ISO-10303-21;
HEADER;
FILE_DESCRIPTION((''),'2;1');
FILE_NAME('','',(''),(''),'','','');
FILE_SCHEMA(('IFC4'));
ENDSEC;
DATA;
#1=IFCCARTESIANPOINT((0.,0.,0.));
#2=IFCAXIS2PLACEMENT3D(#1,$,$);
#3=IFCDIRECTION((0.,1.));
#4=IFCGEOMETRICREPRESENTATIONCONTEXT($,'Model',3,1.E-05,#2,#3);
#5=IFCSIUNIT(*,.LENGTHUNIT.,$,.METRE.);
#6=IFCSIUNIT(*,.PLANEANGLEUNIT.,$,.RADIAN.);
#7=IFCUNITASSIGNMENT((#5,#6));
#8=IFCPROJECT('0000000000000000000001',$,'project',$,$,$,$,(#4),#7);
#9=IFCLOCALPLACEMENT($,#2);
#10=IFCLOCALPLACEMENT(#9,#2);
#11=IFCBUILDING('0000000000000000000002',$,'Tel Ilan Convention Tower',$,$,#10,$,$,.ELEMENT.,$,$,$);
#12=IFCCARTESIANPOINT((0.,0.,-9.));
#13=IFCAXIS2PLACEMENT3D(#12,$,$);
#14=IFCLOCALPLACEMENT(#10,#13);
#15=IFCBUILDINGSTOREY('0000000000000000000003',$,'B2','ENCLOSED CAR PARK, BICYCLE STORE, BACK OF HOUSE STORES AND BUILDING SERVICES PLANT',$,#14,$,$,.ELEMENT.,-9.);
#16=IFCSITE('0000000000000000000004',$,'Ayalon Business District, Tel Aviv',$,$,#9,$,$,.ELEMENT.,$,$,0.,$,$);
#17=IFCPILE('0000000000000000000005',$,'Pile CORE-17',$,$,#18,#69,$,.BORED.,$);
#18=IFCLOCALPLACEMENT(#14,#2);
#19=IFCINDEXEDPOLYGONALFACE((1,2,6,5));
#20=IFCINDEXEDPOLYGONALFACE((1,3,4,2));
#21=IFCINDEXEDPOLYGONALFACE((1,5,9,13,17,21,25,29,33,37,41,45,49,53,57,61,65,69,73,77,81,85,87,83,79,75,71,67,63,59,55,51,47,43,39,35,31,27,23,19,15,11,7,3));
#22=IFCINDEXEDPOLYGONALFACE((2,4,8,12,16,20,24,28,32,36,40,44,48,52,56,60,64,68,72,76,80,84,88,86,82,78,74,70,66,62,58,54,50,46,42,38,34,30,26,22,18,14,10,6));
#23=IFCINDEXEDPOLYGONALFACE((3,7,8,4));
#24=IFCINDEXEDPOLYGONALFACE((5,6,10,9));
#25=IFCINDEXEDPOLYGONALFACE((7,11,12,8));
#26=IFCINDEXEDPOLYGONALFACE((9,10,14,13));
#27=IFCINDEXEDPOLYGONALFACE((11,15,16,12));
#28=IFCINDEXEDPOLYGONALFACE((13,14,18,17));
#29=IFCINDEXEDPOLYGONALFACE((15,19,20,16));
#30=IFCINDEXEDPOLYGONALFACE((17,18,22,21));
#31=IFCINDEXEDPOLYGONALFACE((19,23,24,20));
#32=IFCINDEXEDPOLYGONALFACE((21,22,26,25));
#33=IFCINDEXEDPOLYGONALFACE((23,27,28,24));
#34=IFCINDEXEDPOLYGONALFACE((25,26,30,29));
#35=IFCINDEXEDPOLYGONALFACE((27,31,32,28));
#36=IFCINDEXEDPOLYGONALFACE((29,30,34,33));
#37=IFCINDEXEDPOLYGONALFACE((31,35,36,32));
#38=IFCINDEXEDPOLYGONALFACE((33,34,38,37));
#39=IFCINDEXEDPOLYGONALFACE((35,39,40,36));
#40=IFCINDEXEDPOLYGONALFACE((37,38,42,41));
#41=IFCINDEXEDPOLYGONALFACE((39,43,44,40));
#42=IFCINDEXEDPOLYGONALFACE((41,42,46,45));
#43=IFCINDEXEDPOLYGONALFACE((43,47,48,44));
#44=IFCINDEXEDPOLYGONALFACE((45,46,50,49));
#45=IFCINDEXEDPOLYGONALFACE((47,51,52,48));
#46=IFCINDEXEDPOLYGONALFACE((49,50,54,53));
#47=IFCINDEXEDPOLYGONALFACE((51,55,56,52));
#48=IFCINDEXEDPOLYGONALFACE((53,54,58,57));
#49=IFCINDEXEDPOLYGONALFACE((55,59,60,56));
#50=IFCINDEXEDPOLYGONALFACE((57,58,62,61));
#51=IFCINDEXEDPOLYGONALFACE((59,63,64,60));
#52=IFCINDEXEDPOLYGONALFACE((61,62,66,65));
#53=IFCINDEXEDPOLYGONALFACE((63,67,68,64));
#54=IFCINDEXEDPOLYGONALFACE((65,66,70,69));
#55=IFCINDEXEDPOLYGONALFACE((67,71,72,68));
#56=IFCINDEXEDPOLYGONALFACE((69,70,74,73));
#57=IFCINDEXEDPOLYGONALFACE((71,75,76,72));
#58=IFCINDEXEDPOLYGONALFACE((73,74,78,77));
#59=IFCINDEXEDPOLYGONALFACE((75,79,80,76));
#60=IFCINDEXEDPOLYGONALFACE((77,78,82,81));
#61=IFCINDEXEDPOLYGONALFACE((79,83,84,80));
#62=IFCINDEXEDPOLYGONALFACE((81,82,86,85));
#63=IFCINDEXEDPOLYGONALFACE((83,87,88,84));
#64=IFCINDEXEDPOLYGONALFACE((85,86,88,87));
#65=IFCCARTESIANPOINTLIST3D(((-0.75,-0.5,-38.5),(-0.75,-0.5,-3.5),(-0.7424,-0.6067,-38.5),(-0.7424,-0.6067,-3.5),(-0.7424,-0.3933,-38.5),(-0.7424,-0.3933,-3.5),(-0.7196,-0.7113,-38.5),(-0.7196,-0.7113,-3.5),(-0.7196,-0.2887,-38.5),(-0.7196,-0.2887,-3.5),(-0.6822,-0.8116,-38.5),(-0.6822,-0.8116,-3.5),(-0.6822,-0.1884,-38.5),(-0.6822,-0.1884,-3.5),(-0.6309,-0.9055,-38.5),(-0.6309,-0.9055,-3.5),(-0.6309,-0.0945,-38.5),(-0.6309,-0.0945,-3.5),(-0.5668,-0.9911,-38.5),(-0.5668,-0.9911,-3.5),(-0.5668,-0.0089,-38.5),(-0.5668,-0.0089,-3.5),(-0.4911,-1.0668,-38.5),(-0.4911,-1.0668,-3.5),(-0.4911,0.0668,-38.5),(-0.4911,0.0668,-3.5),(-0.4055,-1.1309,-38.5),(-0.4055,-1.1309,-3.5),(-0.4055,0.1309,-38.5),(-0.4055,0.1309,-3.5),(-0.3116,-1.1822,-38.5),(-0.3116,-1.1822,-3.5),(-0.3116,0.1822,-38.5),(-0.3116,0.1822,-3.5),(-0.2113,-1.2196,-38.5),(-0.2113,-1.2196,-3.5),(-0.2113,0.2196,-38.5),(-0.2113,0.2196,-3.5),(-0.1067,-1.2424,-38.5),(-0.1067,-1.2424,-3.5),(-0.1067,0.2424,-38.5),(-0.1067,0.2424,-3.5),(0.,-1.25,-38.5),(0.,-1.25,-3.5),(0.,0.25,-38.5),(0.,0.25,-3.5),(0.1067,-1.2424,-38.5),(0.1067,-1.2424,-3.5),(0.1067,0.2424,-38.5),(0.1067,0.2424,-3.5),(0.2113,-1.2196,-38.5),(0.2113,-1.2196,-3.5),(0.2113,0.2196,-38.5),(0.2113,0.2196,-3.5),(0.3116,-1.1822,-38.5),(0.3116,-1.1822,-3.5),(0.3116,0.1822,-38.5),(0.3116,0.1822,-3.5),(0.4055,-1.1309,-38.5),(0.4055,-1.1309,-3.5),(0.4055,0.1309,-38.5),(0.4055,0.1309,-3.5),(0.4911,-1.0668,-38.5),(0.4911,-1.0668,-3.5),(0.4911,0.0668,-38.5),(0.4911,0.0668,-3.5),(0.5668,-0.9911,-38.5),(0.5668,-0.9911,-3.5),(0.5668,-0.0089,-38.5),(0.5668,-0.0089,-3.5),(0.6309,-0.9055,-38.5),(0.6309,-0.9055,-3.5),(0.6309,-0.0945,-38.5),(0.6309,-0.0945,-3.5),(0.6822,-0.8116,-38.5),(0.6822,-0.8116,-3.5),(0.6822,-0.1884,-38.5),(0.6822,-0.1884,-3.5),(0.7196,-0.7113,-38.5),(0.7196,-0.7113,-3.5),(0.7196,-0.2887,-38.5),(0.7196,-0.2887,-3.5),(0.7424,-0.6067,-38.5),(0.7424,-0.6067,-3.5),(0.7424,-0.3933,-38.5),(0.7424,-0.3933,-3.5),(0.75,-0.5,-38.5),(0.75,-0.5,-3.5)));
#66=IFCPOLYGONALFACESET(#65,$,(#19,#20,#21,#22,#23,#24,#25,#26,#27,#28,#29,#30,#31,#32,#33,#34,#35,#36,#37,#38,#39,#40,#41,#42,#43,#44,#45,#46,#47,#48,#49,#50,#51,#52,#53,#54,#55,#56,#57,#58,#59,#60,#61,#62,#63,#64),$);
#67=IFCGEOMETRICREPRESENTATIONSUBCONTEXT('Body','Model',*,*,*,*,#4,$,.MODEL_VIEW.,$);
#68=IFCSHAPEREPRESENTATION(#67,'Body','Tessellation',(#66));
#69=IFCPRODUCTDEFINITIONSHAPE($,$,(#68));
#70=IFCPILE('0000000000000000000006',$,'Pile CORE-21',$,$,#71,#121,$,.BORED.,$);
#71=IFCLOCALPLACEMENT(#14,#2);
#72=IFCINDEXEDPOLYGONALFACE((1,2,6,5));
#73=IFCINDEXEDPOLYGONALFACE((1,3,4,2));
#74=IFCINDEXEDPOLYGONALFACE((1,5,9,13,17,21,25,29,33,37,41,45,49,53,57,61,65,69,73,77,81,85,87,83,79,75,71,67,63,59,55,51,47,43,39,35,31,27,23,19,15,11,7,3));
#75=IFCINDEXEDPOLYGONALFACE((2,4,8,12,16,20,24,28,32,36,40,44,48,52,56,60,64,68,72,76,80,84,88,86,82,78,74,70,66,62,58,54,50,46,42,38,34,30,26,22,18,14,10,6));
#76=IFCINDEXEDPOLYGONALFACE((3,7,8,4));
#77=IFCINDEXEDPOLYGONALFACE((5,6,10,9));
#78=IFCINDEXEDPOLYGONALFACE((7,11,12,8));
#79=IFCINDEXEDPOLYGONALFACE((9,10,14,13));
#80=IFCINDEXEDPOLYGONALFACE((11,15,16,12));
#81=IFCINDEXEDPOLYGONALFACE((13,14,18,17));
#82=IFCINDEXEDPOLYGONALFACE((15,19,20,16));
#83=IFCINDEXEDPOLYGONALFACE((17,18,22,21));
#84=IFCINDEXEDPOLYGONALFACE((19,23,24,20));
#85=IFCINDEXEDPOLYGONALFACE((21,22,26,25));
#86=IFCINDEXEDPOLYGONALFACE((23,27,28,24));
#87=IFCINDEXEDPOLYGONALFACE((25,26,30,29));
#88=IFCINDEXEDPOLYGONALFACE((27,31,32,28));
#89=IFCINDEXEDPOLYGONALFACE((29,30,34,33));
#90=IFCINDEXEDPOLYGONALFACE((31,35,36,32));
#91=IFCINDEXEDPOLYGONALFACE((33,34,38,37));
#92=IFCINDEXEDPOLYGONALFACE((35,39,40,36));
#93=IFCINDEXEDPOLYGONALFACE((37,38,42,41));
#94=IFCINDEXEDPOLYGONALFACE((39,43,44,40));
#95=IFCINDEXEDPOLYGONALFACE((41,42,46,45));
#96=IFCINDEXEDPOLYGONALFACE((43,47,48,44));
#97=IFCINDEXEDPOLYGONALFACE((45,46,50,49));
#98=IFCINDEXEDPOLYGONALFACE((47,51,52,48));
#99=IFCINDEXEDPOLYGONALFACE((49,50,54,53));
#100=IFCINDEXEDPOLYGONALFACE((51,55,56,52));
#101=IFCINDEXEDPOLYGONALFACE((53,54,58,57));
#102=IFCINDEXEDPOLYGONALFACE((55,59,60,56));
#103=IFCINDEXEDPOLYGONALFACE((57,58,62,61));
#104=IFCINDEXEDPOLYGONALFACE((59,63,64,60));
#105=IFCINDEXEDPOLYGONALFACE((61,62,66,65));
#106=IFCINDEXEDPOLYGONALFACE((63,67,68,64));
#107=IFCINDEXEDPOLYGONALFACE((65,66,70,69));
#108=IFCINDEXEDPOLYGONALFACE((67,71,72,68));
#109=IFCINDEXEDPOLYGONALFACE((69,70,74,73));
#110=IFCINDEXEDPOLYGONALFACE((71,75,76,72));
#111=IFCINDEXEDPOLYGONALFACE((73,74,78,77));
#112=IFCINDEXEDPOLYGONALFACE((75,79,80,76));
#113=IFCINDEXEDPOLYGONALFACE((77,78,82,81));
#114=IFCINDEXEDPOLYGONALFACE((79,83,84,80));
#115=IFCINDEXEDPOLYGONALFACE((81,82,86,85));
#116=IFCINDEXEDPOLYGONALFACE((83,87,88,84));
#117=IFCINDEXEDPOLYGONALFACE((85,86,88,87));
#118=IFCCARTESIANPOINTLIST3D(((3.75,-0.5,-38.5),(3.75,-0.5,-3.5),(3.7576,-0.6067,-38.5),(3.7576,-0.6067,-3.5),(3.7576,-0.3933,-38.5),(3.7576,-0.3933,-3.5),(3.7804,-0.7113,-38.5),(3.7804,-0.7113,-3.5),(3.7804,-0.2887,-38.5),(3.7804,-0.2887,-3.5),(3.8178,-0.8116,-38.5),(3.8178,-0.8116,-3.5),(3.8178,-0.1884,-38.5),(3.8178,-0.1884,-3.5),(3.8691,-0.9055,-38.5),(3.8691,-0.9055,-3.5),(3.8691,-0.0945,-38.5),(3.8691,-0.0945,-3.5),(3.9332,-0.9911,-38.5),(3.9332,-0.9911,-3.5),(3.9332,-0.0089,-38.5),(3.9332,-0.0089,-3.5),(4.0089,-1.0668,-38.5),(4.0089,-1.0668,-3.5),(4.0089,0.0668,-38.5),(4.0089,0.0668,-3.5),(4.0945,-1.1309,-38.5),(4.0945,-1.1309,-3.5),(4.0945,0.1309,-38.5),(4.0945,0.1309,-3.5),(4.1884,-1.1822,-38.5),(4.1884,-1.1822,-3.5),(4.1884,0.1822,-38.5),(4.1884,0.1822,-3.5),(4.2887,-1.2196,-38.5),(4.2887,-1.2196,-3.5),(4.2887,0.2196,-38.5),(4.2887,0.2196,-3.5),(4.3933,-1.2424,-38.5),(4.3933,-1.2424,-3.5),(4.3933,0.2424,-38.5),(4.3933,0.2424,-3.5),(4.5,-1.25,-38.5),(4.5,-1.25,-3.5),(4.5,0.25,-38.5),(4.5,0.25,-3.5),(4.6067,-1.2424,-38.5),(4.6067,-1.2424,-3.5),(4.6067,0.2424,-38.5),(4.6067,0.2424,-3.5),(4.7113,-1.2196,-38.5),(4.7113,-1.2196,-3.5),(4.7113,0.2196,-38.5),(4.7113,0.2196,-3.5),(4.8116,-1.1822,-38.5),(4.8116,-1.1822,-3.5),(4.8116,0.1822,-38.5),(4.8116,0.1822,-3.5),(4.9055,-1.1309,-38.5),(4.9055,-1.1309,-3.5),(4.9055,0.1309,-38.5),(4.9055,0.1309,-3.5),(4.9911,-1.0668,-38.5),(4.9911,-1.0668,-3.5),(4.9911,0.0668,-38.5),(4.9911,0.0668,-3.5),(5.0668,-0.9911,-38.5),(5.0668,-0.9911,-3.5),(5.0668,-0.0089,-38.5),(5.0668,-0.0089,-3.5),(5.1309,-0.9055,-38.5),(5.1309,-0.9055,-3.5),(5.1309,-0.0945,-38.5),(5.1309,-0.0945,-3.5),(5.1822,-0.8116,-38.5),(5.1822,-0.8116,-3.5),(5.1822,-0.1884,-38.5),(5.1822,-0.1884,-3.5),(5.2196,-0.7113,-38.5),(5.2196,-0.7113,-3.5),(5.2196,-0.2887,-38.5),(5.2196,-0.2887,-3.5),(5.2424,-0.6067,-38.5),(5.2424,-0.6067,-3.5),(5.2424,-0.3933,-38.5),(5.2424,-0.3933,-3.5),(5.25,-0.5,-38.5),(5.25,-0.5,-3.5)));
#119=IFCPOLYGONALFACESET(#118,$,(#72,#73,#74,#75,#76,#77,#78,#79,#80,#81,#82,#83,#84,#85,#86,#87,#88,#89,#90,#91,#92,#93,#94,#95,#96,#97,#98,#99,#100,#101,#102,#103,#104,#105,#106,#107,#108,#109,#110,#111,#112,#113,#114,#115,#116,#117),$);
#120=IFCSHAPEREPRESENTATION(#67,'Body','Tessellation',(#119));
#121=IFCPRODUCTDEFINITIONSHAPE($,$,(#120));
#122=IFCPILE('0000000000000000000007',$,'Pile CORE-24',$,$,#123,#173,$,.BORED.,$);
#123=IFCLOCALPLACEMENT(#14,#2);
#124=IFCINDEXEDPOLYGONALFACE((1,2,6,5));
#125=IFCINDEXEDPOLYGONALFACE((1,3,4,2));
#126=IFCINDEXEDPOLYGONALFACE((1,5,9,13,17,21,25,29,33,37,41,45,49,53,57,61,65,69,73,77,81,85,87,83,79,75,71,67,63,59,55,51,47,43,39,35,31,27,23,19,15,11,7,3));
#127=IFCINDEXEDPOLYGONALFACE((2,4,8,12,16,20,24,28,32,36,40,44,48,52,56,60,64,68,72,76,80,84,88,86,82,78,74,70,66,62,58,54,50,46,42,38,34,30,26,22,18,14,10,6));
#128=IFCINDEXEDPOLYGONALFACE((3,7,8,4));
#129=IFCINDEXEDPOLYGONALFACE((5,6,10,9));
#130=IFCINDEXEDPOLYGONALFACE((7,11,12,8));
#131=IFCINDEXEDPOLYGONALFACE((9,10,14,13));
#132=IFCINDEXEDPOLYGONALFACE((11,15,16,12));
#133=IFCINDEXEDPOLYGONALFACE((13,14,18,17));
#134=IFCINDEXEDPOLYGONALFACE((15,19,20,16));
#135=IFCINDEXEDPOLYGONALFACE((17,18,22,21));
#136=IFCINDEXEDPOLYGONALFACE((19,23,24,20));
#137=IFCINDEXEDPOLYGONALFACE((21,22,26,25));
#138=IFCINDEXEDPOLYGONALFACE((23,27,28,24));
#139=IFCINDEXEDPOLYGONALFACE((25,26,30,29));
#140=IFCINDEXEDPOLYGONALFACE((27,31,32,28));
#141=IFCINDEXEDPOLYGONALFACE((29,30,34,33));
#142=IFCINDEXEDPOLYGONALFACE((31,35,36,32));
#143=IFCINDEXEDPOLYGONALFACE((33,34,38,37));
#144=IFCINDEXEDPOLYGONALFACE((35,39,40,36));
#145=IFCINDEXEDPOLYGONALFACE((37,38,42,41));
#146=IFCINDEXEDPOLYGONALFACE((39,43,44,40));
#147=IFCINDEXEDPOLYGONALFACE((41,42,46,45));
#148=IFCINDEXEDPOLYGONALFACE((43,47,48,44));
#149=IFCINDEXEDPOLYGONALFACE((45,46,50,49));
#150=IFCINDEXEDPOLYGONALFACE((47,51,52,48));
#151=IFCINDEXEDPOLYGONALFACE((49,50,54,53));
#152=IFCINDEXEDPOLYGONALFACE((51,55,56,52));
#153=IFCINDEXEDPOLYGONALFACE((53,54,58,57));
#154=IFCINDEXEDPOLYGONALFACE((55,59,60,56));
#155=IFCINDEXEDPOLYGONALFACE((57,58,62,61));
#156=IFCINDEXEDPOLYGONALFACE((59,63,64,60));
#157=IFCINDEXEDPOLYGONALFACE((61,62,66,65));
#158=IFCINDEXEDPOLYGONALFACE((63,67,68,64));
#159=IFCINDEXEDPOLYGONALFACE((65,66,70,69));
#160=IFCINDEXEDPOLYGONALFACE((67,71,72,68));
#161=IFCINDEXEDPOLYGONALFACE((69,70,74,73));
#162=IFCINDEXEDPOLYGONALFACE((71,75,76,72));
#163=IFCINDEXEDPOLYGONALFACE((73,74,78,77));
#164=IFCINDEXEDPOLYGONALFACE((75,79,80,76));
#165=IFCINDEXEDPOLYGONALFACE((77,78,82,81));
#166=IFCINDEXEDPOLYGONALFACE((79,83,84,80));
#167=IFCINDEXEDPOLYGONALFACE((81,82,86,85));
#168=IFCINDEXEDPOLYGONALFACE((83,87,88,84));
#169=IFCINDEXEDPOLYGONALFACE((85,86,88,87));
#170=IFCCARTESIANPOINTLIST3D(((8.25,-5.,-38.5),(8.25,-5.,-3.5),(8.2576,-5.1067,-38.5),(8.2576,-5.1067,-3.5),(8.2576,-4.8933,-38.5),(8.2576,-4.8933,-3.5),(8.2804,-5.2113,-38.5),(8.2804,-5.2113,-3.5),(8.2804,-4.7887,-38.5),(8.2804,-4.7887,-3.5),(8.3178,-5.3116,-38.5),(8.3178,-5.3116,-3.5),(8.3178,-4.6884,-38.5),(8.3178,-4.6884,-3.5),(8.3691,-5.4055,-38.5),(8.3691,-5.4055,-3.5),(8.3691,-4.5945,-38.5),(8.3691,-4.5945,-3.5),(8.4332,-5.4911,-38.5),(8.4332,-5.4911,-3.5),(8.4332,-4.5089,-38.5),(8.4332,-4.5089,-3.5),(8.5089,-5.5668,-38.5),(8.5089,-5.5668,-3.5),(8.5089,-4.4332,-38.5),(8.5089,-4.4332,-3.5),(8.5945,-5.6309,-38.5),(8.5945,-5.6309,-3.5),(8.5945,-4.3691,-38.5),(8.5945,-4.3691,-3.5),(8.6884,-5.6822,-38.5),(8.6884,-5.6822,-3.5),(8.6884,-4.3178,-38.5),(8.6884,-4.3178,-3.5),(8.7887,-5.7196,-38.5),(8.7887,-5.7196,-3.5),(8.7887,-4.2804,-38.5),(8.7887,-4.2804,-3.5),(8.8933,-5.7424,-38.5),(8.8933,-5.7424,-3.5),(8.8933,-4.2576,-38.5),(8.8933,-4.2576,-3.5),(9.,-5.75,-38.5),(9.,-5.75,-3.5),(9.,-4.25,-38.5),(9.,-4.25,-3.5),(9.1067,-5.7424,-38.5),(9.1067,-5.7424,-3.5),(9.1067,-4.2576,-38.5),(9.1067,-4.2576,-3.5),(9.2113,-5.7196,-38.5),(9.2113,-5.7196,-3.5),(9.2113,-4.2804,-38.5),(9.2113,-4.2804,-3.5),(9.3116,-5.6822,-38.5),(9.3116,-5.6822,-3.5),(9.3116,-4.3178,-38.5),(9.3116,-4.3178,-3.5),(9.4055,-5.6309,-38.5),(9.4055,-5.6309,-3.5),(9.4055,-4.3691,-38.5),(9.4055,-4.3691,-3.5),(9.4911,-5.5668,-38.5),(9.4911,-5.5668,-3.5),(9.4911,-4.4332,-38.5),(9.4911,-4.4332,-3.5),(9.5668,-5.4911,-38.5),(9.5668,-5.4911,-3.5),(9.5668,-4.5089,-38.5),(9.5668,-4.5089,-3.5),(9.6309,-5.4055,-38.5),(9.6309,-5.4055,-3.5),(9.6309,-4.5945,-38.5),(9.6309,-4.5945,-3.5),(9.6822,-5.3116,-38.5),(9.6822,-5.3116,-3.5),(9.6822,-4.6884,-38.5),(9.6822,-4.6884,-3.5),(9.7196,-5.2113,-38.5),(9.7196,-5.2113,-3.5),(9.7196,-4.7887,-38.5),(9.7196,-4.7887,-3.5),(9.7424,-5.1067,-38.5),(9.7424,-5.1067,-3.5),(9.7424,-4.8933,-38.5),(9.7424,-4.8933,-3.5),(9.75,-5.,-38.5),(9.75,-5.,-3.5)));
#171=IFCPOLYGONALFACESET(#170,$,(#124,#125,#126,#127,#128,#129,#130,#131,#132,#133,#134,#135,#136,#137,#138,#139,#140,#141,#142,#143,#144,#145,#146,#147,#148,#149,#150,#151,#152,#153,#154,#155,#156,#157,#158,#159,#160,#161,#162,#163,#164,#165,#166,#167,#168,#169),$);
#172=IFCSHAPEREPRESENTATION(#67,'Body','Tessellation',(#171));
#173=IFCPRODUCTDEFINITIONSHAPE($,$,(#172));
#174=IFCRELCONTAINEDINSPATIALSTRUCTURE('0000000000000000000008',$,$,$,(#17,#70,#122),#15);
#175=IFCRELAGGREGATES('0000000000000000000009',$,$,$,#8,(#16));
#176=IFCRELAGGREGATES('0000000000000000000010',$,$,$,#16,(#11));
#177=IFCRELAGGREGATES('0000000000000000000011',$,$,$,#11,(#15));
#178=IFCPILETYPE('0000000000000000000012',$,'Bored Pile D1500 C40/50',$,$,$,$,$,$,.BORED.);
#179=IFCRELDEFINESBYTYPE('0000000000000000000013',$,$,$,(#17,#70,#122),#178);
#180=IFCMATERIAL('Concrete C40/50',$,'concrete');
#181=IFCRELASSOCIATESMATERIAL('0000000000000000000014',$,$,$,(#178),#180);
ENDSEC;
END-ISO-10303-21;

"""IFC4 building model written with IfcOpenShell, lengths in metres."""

from ifc_helpers import new_model, si_unit, direction, frame, origin, origin_2d, place, context, subcontext, project, spatial, circle, extrude, material, material_profile, profile_set, type_object, element, save


model = new_model("IFC4")

# Units and contexts
model_context = context("Model", 3, precision=1e-05, world=origin(), true_north=direction((0.0, 1.0)))
body_context = subcontext(model_context, "Body", "Model", "MODEL_VIEW")
ifc_project = project(units=[si_unit("LENGTHUNIT", "METRE"), si_unit("PLANEANGLEUNIT", "RADIAN")], contexts=[model_context])

# Site, building, storey
site_placement = place(None, origin())
site = spatial("IfcSite", under=ifc_project, at=site_placement, Name="Ayalon Business District, Tel Aviv", CompositionType="ELEMENT", RefElevation=0.0)
building_placement = place(site_placement, origin())
building = spatial("IfcBuilding", under=site, at=building_placement, Name="Tel Ilan Convention Tower", CompositionType="ELEMENT")
storey_placement = place(building_placement, frame((0.0, 0.0, -9.0)))
storey = spatial("IfcBuildingStorey", under=building, at=storey_placement, Name="B2", Description="ENCLOSED CAR PARK, BICYCLE STORE, BACK OF HOUSE STORES AND BUILDING SERVICES PLANT", CompositionType="ELEMENT", Elevation=-9.0)

# Piles
ifc_material_1 = material(Name="Concrete C40/50", Category="concrete")
ifc_material_profile = material_profile(ifc_material_1, circle(Radius=0.75, at=origin_2d()), Name="BORED D1500")
ifc_profile_set = profile_set([ifc_material_profile], Name="Concrete C40/50")
pile_type = type_object("IfcPileType", Name="Bored Pile D1500 C40/50", PredefinedType="BORED", material=ifc_profile_set)
for number, where, z_axis, x_axis, name in (
    (1, (0.0, -0.5, -3.5), (0.0, 0.0, -1.0), (1.0, 0.0, 0.0), "Pile CORE-17"),
    (2, (4.5, -0.5, -3.5), (0.0, 0.0, -1.0), (1.0, 0.0, 0.0), "Pile CORE-21"),
    (3, (9.0, -5.0, -3.5), (0.0, 0.0, -1.0), (1.0, 0.0, 0.0), "Pile CORE-24"),
):
    element("IfcPile", number, at=place(storey_placement, frame(where, z_axis=z_axis, x_axis=x_axis)), inside=storey, type_object=pile_type, Name=name, PredefinedType="BORED", context=body_context, shape_type="SweptSolid", body=[
        extrude(circle(Radius=0.75, at=origin_2d()), origin(), (0.0, 0.0, 1.0), 35.0),
    ])

save(model, "model.ifc")
